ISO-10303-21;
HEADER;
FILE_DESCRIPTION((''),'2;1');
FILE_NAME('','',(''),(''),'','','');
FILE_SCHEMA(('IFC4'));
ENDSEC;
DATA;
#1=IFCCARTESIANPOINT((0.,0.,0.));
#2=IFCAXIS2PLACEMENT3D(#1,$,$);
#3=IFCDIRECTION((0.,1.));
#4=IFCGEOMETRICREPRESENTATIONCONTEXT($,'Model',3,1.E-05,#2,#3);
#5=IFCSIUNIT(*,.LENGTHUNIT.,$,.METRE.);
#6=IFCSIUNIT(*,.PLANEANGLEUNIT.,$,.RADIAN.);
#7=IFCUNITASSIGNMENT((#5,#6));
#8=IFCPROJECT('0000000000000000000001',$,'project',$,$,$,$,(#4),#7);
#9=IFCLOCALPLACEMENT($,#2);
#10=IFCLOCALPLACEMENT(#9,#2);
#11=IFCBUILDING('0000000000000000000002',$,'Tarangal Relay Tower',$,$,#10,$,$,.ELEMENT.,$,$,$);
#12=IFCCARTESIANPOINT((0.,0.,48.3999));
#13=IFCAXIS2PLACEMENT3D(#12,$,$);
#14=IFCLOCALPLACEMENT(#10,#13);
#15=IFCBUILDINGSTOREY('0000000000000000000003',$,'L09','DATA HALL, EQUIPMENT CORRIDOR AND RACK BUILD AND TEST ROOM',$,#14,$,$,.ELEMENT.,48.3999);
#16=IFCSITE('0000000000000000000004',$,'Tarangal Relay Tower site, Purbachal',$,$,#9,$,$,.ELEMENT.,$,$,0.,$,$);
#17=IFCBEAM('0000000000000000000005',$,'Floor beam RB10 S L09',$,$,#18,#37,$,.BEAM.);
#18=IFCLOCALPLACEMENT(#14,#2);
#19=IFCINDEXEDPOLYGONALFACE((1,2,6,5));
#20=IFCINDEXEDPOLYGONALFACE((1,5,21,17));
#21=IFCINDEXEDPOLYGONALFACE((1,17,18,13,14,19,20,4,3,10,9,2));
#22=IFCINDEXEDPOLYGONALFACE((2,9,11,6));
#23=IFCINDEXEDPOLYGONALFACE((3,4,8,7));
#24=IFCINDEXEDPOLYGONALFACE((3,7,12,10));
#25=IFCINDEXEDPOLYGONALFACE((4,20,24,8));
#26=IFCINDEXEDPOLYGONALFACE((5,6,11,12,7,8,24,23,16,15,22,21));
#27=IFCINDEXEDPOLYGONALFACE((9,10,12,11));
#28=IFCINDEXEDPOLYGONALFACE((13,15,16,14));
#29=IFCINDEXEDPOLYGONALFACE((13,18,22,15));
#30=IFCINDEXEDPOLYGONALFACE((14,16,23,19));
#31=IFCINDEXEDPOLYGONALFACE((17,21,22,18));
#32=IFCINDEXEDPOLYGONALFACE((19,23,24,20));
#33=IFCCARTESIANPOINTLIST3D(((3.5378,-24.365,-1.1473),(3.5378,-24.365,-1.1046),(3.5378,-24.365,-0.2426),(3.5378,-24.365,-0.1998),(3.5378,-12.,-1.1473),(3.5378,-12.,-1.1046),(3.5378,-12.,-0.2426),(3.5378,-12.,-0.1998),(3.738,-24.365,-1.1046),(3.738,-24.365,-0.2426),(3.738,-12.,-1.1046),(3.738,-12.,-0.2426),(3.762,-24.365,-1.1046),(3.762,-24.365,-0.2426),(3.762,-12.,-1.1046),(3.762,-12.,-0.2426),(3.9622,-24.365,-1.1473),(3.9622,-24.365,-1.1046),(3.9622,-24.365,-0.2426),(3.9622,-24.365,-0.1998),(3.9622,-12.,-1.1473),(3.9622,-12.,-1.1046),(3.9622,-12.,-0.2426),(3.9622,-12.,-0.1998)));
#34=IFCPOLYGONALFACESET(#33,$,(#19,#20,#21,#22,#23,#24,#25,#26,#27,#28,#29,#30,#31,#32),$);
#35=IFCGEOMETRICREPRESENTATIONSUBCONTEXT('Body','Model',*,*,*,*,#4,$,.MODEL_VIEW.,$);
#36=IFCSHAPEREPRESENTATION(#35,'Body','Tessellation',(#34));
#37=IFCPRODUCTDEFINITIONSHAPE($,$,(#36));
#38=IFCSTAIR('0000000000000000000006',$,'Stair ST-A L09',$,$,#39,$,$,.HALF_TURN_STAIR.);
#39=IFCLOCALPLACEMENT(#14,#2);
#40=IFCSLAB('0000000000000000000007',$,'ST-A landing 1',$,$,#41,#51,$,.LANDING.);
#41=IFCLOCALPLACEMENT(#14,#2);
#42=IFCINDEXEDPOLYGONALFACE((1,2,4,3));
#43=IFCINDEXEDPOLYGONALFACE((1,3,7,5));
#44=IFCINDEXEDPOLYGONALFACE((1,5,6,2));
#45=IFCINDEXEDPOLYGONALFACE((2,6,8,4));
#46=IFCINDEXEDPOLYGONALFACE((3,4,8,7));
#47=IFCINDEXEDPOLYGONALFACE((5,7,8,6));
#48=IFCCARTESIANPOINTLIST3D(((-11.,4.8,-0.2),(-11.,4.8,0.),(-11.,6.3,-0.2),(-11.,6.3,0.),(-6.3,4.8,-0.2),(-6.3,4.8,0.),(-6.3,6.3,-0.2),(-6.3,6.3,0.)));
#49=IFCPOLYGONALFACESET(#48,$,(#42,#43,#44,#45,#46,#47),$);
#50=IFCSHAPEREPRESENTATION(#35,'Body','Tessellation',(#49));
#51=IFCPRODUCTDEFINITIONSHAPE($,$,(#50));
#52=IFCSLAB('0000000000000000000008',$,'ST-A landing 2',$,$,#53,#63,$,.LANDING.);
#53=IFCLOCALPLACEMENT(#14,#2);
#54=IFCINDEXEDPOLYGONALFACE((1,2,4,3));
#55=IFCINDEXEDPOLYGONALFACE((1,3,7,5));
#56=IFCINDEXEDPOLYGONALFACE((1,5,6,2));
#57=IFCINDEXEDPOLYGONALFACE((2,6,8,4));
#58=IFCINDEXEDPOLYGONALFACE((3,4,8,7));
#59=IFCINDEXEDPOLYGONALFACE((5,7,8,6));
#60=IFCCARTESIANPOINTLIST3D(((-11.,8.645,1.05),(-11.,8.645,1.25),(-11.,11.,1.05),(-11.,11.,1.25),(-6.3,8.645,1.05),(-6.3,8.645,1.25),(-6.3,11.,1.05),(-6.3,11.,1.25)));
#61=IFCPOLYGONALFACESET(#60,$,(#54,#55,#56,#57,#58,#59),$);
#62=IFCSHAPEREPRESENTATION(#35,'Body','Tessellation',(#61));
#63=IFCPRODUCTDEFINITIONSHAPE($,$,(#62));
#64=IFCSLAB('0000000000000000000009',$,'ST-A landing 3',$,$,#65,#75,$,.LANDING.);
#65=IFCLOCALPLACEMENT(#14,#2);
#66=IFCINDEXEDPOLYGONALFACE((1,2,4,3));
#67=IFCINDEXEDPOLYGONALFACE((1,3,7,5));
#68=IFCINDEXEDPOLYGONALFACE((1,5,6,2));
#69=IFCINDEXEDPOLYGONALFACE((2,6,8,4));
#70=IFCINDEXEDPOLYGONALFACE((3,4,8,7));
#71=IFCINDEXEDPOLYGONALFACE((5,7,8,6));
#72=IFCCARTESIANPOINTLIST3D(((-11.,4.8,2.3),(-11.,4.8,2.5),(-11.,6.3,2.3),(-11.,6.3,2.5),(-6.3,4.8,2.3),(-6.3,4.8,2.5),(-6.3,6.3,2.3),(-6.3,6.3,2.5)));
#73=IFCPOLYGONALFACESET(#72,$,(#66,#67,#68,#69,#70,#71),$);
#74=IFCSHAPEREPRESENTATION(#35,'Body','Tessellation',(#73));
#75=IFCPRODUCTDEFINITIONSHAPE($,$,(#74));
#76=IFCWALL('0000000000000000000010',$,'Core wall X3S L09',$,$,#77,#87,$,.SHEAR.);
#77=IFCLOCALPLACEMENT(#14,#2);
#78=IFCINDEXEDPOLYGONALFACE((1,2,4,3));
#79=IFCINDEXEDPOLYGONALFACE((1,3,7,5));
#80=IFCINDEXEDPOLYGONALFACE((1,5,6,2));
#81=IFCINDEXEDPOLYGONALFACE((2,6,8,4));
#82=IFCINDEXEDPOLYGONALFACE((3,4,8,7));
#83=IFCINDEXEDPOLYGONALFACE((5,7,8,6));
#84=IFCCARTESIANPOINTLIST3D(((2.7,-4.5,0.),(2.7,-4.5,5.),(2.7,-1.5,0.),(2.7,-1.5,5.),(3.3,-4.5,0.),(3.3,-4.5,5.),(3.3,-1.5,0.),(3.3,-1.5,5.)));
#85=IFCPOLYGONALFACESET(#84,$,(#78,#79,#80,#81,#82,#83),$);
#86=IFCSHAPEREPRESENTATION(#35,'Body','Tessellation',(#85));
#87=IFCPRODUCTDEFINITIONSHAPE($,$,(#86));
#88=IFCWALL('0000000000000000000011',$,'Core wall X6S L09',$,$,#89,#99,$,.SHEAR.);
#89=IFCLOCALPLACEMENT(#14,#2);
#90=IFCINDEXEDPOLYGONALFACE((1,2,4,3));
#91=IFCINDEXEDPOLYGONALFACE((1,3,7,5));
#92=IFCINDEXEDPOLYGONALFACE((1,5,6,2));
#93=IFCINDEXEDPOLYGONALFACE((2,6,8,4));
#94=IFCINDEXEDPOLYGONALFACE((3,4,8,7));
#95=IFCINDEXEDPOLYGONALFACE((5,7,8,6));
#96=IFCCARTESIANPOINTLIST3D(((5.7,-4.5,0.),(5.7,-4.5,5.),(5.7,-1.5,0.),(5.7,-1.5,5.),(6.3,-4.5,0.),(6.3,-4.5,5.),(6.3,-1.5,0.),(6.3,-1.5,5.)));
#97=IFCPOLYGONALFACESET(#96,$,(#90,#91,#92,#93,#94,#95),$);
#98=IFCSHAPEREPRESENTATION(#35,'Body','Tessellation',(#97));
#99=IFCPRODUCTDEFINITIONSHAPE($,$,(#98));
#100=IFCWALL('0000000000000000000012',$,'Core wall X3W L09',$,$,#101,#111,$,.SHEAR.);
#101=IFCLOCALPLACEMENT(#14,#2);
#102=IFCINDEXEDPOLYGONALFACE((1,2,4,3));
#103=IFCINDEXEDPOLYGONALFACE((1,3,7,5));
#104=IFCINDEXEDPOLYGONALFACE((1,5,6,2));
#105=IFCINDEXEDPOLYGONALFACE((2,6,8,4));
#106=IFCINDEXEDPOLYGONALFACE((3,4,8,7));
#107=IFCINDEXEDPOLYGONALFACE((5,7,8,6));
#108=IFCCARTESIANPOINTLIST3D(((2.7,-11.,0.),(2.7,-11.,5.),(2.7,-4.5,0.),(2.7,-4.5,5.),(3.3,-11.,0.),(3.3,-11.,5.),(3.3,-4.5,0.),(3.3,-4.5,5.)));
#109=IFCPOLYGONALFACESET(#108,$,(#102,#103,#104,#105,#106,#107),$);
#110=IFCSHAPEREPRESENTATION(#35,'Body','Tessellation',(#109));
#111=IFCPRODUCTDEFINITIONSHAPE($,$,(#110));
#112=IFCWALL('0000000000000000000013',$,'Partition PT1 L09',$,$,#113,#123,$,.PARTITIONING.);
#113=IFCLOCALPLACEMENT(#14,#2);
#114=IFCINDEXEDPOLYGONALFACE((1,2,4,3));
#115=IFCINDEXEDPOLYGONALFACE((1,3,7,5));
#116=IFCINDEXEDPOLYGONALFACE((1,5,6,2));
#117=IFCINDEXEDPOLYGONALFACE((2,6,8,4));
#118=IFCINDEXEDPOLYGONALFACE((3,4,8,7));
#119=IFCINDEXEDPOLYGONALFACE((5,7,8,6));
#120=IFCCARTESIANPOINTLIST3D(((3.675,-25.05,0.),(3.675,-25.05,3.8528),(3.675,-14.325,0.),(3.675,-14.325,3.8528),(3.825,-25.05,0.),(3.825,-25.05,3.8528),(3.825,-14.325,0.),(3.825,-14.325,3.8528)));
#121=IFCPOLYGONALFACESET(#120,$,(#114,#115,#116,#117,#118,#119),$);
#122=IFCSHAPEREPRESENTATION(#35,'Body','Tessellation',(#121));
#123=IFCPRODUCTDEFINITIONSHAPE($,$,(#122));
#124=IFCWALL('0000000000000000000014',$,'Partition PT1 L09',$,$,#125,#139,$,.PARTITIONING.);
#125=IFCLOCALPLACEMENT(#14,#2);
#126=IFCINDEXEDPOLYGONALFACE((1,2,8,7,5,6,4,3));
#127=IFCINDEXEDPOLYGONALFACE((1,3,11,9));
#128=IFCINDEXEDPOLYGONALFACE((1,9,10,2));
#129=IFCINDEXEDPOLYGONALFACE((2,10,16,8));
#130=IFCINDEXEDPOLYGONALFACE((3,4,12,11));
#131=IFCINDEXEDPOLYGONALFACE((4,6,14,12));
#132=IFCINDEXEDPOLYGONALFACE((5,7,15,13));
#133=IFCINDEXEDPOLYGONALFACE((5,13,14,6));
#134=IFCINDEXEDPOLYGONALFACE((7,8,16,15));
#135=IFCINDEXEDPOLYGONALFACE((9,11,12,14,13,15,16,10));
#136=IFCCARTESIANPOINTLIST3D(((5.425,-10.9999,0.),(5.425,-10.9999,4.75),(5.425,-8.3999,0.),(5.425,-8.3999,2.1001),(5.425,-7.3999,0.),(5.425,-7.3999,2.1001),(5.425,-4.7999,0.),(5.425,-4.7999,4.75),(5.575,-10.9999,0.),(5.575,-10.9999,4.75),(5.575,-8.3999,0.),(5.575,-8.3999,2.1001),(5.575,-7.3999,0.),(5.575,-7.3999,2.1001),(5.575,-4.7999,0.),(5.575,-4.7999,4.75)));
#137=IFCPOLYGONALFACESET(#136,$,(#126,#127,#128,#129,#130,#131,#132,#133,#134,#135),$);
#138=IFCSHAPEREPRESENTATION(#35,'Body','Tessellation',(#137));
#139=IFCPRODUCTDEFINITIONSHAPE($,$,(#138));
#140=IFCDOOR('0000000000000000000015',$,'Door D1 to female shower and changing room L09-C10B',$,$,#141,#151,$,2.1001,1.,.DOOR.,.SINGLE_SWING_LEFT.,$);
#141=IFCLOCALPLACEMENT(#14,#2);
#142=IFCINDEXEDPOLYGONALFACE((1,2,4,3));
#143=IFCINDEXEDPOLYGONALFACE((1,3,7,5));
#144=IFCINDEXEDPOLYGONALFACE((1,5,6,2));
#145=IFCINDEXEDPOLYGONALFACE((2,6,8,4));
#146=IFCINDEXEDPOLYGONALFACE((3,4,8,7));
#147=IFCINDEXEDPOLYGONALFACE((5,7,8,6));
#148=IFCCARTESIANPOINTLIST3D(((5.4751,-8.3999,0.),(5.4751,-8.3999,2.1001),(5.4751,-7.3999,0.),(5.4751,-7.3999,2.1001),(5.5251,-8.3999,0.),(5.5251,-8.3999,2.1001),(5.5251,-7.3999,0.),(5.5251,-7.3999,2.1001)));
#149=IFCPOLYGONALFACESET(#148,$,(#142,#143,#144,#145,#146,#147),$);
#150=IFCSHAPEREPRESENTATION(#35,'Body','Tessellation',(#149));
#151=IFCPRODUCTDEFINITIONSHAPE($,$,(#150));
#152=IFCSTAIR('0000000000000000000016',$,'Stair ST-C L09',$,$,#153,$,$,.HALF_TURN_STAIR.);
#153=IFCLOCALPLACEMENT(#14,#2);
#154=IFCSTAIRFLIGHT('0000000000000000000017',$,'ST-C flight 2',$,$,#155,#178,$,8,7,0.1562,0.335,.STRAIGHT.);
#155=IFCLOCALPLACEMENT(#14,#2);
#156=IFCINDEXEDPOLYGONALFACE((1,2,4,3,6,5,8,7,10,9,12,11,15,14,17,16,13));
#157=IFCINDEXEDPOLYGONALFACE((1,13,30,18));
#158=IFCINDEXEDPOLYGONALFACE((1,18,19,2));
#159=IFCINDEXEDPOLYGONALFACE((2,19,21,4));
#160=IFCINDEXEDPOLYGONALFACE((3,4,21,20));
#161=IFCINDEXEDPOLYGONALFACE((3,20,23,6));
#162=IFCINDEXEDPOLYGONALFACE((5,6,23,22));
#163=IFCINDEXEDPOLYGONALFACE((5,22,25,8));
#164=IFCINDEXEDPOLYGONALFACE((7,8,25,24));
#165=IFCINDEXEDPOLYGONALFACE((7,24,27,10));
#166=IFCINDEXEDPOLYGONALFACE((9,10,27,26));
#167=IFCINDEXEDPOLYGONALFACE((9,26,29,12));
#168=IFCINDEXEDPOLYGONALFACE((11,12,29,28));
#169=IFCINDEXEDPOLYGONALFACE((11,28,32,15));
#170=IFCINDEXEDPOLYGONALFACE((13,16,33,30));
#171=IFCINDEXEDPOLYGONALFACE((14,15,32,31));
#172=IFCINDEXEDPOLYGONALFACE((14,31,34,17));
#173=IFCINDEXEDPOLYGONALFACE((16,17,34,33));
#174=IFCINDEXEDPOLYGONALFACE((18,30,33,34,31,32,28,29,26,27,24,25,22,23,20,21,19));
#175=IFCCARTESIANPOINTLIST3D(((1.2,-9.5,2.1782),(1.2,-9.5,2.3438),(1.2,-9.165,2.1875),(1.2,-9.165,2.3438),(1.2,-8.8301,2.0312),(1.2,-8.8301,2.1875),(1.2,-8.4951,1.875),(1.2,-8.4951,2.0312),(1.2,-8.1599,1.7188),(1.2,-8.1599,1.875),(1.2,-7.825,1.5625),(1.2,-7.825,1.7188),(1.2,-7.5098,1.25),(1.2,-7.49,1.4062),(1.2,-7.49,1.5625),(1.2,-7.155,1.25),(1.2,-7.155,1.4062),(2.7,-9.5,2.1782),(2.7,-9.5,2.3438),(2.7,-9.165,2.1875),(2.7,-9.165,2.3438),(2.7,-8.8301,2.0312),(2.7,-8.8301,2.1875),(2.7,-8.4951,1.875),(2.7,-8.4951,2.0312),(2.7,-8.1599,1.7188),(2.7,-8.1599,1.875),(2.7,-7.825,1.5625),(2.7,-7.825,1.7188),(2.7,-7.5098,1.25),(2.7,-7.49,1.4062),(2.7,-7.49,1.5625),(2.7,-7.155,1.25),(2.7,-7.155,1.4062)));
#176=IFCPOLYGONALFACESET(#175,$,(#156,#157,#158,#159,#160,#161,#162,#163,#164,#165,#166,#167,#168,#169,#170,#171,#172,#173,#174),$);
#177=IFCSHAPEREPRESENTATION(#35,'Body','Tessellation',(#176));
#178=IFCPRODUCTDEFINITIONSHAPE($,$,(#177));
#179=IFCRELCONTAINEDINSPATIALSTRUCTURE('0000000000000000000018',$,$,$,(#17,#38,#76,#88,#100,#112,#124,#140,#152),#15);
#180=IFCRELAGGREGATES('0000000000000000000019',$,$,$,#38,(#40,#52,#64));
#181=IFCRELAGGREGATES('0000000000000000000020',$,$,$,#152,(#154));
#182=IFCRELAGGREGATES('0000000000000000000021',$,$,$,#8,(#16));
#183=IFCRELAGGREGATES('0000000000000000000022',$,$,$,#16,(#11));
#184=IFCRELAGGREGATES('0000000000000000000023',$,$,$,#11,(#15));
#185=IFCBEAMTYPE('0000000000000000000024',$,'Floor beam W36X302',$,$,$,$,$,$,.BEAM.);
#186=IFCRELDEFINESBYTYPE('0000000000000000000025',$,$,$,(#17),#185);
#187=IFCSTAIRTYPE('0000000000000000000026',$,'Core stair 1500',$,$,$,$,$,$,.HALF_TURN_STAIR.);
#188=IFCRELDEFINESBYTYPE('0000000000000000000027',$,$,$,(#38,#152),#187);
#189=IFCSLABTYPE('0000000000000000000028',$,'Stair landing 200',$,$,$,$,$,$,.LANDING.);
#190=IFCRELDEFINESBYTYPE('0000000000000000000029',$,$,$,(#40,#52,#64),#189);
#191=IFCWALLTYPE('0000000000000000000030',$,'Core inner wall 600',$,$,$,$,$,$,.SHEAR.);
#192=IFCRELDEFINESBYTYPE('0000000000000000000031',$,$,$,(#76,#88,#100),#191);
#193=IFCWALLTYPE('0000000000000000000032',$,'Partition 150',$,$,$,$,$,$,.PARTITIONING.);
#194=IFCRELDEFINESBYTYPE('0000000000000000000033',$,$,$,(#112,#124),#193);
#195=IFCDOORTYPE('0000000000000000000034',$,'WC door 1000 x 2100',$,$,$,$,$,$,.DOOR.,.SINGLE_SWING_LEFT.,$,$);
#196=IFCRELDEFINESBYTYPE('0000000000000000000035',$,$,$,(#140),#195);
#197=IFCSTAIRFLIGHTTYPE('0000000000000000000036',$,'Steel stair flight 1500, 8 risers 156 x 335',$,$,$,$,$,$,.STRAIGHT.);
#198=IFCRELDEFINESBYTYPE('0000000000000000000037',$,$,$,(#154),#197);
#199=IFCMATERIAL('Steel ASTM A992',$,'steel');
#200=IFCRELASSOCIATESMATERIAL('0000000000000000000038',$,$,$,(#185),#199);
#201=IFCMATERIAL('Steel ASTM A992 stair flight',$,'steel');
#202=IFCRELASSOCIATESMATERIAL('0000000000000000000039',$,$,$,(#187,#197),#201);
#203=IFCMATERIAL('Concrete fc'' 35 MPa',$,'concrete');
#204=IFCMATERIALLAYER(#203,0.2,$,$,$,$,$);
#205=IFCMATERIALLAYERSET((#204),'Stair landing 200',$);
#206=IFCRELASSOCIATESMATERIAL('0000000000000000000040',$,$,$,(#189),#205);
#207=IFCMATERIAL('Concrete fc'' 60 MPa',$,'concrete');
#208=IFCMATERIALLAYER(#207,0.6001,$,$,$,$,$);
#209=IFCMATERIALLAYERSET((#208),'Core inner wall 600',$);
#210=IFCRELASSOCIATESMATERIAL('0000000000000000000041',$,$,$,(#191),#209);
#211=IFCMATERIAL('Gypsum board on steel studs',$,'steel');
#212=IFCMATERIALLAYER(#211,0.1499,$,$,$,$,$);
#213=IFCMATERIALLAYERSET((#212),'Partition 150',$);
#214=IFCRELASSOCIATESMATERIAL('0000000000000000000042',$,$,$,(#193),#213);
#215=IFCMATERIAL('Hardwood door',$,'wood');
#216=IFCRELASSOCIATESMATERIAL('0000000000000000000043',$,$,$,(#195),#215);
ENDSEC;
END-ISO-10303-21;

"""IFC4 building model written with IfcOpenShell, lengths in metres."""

from ifc_helpers import new_model, si_unit, direction, frame, frame_2d, origin, origin_2d, place, context, subcontext, project, spatial, polyline, rectangle, i_section, outline, extrude, material, layer, layer_set, material_profile, profile_set, type_object, element, fill, aggregate, save


model = new_model("IFC4")

# Units and contexts
model_context = context("Model", 3, precision=1e-05, world=origin(), true_north=direction((0.0, 1.0)))
body_context = subcontext(model_context, "Body", "Model", "MODEL_VIEW")
ifc_project = project(units=[si_unit("LENGTHUNIT", "METRE"), si_unit("PLANEANGLEUNIT", "RADIAN")], contexts=[model_context])

# Site, building, storey
site_placement = place(None, origin())
site = spatial("IfcSite", under=ifc_project, at=site_placement, Name="Tarangal Relay Tower site, Purbachal", CompositionType="ELEMENT", RefElevation=0.0)
building_placement = place(site_placement, origin())
building = spatial("IfcBuilding", under=site, at=building_placement, Name="Tarangal Relay Tower", CompositionType="ELEMENT")
storey_placement = place(building_placement, frame((0.0, 0.0, 48.3999)))
storey = spatial("IfcBuildingStorey", under=building, at=storey_placement, Name="L09", Description="DATA HALL, EQUIPMENT CORRIDOR AND RACK BUILD AND TEST ROOM", CompositionType="ELEMENT", Elevation=48.3999)

# Beam
ifc_material_1 = material(Name="Steel ASTM A992", Category="steel")
ifc_material_profile = material_profile(ifc_material_1, i_section(OverallWidth=0.4243, OverallDepth=0.9475, WebThickness=0.0239, FlangeThickness=0.0427, at=origin_2d()), Name="W36X302")
ifc_profile_set = profile_set([ifc_material_profile], Name="Steel ASTM A992")
beam_type = type_object("IfcBeamType", Name="Floor beam W36X302", PredefinedType="BEAM", material=ifc_profile_set)
beam_placement = place(storey_placement, frame((3.75, -12.0, -0.6736), z_axis=(0.0, -1.0, 0.0), x_axis=(1.0, 0.0, 0.0)))
element("IfcBeam", 1, at=beam_placement, inside=storey, type_object=beam_type, Name="Floor beam RB10 S L09", PredefinedType="BEAM", context=body_context, shape_type="SweptSolid", body=[
    extrude(i_section(OverallWidth=0.4243, OverallDepth=0.9475, WebThickness=0.0239, FlangeThickness=0.0427, at=origin_2d()), origin(), (0.0, 0.0, 1.0), 12.365),
])

# Stair, slabs
ifc_material_2 = material(Name="Steel ASTM A992 stair flight", Category="steel")
stair_type = type_object("IfcStairType", Name="Core stair 1500", PredefinedType="HALF_TURN_STAIR", material=ifc_material_2)
stair_1_placement = place(storey_placement, origin())
stair_1 = element("IfcStair", 2, at=stair_1_placement, inside=storey, type_object=stair_type, Name="Stair ST-A L09", PredefinedType="HALF_TURN_STAIR")
ifc_material_3 = material(Name="Concrete fc' 35 MPa", Category="concrete")
ifc_layer_1 = layer(ifc_material_3, 0.2)
ifc_layer_set_1 = layer_set([ifc_layer_1], Name="Stair landing 200")
slab_type = type_object("IfcSlabType", Name="Stair landing 200", PredefinedType="LANDING", material=ifc_layer_set_1)
slab_1_placement = place(storey_placement, frame((0.0, 0.0, -0.2)))
slab_1 = element("IfcSlab", 3, at=slab_1_placement, type_object=slab_type, Name="ST-A landing 1", PredefinedType="LANDING", context=body_context, shape_type="SweptSolid", body=[
    extrude(outline(polyline([(-11.0, 4.8), (-6.3, 4.8), (-6.3, 6.3), (-11.0, 6.3), (-11.0, 4.8)])), origin(), (0.0, 0.0, 1.0), 0.2),
])
slab_2_placement = place(storey_placement, frame((0.0, 0.0, 1.05)))
slab_2 = element("IfcSlab", 4, at=slab_2_placement, type_object=slab_type, Name="ST-A landing 2", PredefinedType="LANDING", context=body_context, shape_type="SweptSolid", body=[
    extrude(outline(polyline([(-11.0, 8.645), (-6.3, 8.645), (-6.3, 11.0), (-11.0, 11.0), (-11.0, 8.645)])), origin(), (0.0, 0.0, 1.0), 0.2),
])
slab_3_placement = place(storey_placement, frame((0.0, 0.0, 2.3)))
slab_3 = element("IfcSlab", 5, at=slab_3_placement, type_object=slab_type, Name="ST-A landing 3", PredefinedType="LANDING", context=body_context, shape_type="SweptSolid", body=[
    extrude(outline(polyline([(-11.0, 4.8), (-6.3, 4.8), (-6.3, 6.3), (-11.0, 6.3), (-11.0, 4.8)])), origin(), (0.0, 0.0, 1.0), 0.2),
])
aggregate(stair_1, [slab_1, slab_2, slab_3])

# Walls
ifc_material_4 = material(Name="Concrete fc' 60 MPa", Category="concrete")
ifc_layer_2 = layer(ifc_material_4, 0.6001)
ifc_layer_set_2 = layer_set([ifc_layer_2], Name="Core inner wall 600")
wall_type_1 = type_object("IfcWallType", Name="Core inner wall 600", PredefinedType="SHEAR", material=ifc_layer_set_2)
for number, where, z_axis, x_axis, name in (
    (6, (3.0, -4.5, 0.0), (0.0, 0.0, 1.0), (0.0, 1.0, 0.0), "Core wall X3S L09"),
    (7, (6.0, -4.5, 0.0), (0.0, 0.0, 1.0), (0.0, 1.0, 0.0), "Core wall X6S L09"),
):
    element("IfcWall", number, at=place(storey_placement, frame(where, z_axis=z_axis, x_axis=x_axis)), inside=storey, type_object=wall_type_1, Name=name, PredefinedType="SHEAR", context=body_context, shape_type="SweptSolid", body=[
        extrude(rectangle(XDim=3.0, YDim=0.6001, at=frame_2d((1.5, 0.0))), origin(), (0.0, 0.0, 1.0), 5.0),
    ])
wall_1_placement = place(storey_placement, frame((3.0, -11.0, 0.0), z_axis=(0.0, 0.0, 1.0), x_axis=(0.0, 1.0, 0.0)))
element("IfcWall", 8, at=wall_1_placement, inside=storey, type_object=wall_type_1, Name="Core wall X3W L09", PredefinedType="SHEAR", context=body_context, shape_type="SweptSolid", body=[
    extrude(rectangle(XDim=6.5, YDim=0.6001, at=frame_2d((3.25, 0.0))), origin(), (0.0, 0.0, 1.0), 5.0),
])
ifc_material_5 = material(Name="Gypsum board on steel studs", Category="steel")
ifc_layer_3 = layer(ifc_material_5, 0.1499)
ifc_layer_set_3 = layer_set([ifc_layer_3], Name="Partition 150")
wall_type_2 = type_object("IfcWallType", Name="Partition 150", PredefinedType="PARTITIONING", material=ifc_layer_set_3)
wall_2_placement = place(storey_placement, frame((3.75, -25.05, 0.0), z_axis=(0.0, 0.0, 1.0), x_axis=(0.0, 1.0, 0.0)))
element("IfcWall", 9, at=wall_2_placement, inside=storey, type_object=wall_type_2, Name="Partition PT1 L09", PredefinedType="PARTITIONING", context=body_context, shape_type="SweptSolid", body=[
    extrude(rectangle(XDim=10.7251, YDim=0.1499, at=frame_2d((5.3625, 0.0))), origin(), (0.0, 0.0, 1.0), 3.8528),
])

# Wall, opening, door
wall_3_placement = place(storey_placement, frame((5.5, -11.0, 0.0), z_axis=(0.0, 0.0, 1.0), x_axis=(0.0, 1.0, 0.0)))
wall_3 = element("IfcWall", 10, at=wall_3_placement, inside=storey, type_object=wall_type_2, Name="Partition PT1 L09", PredefinedType="PARTITIONING", context=body_context, shape_type="SweptSolid", body=[
    extrude(rectangle(XDim=6.2, YDim=0.1499, at=frame_2d((3.1001, 0.0))), origin(), (0.0, 0.0, 1.0), 4.75),
])
opening_placement = place(wall_3_placement, frame((2.6001, 0.0, 0.0)))
opening = element("IfcOpeningElement", 11, at=opening_placement, cuts=wall_3, PredefinedType="OPENING", context=body_context, shape_type="SweptSolid", body=[
    extrude(rectangle(XDim=1.0, YDim=2.1001, at=frame_2d((0.5, 1.05))), frame((0.0, 0.085, 0.0), z_axis=(0.0, -1.0, 0.0), x_axis=(1.0, 0.0, 0.0)), (0.0, 0.0, 1.0), 0.1699),
])
ifc_material_6 = material(Name="Hardwood door", Category="wood")
door_type = type_object("IfcDoorType", Name="WC door 1000 x 2100", OperationType="SINGLE_SWING_LEFT", PredefinedType="DOOR", material=ifc_material_6)
door_placement = place(opening_placement, origin())
door = element("IfcDoor", 12, at=door_placement, inside=storey, type_object=door_type, Name="Door D1 to female shower and changing room L09-C10B", OperationType="SINGLE_SWING_LEFT", OverallHeight=2.1001, OverallWidth=1.0, PredefinedType="DOOR", context=body_context, shape_type="SweptSolid", body=[
    extrude(rectangle(XDim=1.0, YDim=2.1001, at=frame_2d((0.5, 1.05))), frame((0.0, 0.0249, 0.0), z_axis=(0.0, -1.0, 0.0), x_axis=(1.0, 0.0, 0.0)), (0.0, 0.0, 1.0), 0.05),
])
fill(opening, door)

# Stair, stair flight
stair_2_placement = place(storey_placement, origin())
stair_2 = element("IfcStair", 13, at=stair_2_placement, inside=storey, type_object=stair_type, Name="Stair ST-C L09", PredefinedType="HALF_TURN_STAIR")
stair_flight_type = type_object("IfcStairFlightType", Name="Steel stair flight 1500, 8 risers 156 x 335", PredefinedType="STRAIGHT", material=ifc_material_2)
stair_flight_1_placement = place(storey_placement, frame((1.95, -7.155, 1.25), z_axis=(0.0, 0.0, 1.0), x_axis=(0.0, -1.0, 0.0)))
stair_flight_1 = element("IfcStairFlight", 14, at=stair_flight_1_placement, type_object=stair_flight_type, Name="ST-C flight 2", NumberOfRisers=8, NumberOfTreads=7, PredefinedType="STRAIGHT", RiserHeight=0.1562, TreadLength=0.335, context=body_context, shape_type="SweptSolid", body=[
    extrude(outline(polyline([(0.0, 0.0), (0.0, 0.1562), (0.335, 0.1562), (0.335, 0.3125), (0.6699, 0.3125), (0.6699, 0.4688), (1.0049, 0.4688), (1.0049, 0.625), (1.3401, 0.625), (1.3401, 0.7812), (1.675, 0.7812), (1.675, 0.9375), (2.01, 0.9375), (2.01, 1.0938), (2.345, 1.0938), (2.345, 1.25), (2.345, 0.9282), (0.3547, 0.0), (0.0, 0.0)])), frame((0.0, 0.75, 0.0), z_axis=(0.0, -1.0, 0.0), x_axis=(1.0, 0.0, 0.0)), (0.0, 0.0, 1.0), 1.5),
])
aggregate(stair_2, [stair_flight_1])

save(model, "model.ifc")
